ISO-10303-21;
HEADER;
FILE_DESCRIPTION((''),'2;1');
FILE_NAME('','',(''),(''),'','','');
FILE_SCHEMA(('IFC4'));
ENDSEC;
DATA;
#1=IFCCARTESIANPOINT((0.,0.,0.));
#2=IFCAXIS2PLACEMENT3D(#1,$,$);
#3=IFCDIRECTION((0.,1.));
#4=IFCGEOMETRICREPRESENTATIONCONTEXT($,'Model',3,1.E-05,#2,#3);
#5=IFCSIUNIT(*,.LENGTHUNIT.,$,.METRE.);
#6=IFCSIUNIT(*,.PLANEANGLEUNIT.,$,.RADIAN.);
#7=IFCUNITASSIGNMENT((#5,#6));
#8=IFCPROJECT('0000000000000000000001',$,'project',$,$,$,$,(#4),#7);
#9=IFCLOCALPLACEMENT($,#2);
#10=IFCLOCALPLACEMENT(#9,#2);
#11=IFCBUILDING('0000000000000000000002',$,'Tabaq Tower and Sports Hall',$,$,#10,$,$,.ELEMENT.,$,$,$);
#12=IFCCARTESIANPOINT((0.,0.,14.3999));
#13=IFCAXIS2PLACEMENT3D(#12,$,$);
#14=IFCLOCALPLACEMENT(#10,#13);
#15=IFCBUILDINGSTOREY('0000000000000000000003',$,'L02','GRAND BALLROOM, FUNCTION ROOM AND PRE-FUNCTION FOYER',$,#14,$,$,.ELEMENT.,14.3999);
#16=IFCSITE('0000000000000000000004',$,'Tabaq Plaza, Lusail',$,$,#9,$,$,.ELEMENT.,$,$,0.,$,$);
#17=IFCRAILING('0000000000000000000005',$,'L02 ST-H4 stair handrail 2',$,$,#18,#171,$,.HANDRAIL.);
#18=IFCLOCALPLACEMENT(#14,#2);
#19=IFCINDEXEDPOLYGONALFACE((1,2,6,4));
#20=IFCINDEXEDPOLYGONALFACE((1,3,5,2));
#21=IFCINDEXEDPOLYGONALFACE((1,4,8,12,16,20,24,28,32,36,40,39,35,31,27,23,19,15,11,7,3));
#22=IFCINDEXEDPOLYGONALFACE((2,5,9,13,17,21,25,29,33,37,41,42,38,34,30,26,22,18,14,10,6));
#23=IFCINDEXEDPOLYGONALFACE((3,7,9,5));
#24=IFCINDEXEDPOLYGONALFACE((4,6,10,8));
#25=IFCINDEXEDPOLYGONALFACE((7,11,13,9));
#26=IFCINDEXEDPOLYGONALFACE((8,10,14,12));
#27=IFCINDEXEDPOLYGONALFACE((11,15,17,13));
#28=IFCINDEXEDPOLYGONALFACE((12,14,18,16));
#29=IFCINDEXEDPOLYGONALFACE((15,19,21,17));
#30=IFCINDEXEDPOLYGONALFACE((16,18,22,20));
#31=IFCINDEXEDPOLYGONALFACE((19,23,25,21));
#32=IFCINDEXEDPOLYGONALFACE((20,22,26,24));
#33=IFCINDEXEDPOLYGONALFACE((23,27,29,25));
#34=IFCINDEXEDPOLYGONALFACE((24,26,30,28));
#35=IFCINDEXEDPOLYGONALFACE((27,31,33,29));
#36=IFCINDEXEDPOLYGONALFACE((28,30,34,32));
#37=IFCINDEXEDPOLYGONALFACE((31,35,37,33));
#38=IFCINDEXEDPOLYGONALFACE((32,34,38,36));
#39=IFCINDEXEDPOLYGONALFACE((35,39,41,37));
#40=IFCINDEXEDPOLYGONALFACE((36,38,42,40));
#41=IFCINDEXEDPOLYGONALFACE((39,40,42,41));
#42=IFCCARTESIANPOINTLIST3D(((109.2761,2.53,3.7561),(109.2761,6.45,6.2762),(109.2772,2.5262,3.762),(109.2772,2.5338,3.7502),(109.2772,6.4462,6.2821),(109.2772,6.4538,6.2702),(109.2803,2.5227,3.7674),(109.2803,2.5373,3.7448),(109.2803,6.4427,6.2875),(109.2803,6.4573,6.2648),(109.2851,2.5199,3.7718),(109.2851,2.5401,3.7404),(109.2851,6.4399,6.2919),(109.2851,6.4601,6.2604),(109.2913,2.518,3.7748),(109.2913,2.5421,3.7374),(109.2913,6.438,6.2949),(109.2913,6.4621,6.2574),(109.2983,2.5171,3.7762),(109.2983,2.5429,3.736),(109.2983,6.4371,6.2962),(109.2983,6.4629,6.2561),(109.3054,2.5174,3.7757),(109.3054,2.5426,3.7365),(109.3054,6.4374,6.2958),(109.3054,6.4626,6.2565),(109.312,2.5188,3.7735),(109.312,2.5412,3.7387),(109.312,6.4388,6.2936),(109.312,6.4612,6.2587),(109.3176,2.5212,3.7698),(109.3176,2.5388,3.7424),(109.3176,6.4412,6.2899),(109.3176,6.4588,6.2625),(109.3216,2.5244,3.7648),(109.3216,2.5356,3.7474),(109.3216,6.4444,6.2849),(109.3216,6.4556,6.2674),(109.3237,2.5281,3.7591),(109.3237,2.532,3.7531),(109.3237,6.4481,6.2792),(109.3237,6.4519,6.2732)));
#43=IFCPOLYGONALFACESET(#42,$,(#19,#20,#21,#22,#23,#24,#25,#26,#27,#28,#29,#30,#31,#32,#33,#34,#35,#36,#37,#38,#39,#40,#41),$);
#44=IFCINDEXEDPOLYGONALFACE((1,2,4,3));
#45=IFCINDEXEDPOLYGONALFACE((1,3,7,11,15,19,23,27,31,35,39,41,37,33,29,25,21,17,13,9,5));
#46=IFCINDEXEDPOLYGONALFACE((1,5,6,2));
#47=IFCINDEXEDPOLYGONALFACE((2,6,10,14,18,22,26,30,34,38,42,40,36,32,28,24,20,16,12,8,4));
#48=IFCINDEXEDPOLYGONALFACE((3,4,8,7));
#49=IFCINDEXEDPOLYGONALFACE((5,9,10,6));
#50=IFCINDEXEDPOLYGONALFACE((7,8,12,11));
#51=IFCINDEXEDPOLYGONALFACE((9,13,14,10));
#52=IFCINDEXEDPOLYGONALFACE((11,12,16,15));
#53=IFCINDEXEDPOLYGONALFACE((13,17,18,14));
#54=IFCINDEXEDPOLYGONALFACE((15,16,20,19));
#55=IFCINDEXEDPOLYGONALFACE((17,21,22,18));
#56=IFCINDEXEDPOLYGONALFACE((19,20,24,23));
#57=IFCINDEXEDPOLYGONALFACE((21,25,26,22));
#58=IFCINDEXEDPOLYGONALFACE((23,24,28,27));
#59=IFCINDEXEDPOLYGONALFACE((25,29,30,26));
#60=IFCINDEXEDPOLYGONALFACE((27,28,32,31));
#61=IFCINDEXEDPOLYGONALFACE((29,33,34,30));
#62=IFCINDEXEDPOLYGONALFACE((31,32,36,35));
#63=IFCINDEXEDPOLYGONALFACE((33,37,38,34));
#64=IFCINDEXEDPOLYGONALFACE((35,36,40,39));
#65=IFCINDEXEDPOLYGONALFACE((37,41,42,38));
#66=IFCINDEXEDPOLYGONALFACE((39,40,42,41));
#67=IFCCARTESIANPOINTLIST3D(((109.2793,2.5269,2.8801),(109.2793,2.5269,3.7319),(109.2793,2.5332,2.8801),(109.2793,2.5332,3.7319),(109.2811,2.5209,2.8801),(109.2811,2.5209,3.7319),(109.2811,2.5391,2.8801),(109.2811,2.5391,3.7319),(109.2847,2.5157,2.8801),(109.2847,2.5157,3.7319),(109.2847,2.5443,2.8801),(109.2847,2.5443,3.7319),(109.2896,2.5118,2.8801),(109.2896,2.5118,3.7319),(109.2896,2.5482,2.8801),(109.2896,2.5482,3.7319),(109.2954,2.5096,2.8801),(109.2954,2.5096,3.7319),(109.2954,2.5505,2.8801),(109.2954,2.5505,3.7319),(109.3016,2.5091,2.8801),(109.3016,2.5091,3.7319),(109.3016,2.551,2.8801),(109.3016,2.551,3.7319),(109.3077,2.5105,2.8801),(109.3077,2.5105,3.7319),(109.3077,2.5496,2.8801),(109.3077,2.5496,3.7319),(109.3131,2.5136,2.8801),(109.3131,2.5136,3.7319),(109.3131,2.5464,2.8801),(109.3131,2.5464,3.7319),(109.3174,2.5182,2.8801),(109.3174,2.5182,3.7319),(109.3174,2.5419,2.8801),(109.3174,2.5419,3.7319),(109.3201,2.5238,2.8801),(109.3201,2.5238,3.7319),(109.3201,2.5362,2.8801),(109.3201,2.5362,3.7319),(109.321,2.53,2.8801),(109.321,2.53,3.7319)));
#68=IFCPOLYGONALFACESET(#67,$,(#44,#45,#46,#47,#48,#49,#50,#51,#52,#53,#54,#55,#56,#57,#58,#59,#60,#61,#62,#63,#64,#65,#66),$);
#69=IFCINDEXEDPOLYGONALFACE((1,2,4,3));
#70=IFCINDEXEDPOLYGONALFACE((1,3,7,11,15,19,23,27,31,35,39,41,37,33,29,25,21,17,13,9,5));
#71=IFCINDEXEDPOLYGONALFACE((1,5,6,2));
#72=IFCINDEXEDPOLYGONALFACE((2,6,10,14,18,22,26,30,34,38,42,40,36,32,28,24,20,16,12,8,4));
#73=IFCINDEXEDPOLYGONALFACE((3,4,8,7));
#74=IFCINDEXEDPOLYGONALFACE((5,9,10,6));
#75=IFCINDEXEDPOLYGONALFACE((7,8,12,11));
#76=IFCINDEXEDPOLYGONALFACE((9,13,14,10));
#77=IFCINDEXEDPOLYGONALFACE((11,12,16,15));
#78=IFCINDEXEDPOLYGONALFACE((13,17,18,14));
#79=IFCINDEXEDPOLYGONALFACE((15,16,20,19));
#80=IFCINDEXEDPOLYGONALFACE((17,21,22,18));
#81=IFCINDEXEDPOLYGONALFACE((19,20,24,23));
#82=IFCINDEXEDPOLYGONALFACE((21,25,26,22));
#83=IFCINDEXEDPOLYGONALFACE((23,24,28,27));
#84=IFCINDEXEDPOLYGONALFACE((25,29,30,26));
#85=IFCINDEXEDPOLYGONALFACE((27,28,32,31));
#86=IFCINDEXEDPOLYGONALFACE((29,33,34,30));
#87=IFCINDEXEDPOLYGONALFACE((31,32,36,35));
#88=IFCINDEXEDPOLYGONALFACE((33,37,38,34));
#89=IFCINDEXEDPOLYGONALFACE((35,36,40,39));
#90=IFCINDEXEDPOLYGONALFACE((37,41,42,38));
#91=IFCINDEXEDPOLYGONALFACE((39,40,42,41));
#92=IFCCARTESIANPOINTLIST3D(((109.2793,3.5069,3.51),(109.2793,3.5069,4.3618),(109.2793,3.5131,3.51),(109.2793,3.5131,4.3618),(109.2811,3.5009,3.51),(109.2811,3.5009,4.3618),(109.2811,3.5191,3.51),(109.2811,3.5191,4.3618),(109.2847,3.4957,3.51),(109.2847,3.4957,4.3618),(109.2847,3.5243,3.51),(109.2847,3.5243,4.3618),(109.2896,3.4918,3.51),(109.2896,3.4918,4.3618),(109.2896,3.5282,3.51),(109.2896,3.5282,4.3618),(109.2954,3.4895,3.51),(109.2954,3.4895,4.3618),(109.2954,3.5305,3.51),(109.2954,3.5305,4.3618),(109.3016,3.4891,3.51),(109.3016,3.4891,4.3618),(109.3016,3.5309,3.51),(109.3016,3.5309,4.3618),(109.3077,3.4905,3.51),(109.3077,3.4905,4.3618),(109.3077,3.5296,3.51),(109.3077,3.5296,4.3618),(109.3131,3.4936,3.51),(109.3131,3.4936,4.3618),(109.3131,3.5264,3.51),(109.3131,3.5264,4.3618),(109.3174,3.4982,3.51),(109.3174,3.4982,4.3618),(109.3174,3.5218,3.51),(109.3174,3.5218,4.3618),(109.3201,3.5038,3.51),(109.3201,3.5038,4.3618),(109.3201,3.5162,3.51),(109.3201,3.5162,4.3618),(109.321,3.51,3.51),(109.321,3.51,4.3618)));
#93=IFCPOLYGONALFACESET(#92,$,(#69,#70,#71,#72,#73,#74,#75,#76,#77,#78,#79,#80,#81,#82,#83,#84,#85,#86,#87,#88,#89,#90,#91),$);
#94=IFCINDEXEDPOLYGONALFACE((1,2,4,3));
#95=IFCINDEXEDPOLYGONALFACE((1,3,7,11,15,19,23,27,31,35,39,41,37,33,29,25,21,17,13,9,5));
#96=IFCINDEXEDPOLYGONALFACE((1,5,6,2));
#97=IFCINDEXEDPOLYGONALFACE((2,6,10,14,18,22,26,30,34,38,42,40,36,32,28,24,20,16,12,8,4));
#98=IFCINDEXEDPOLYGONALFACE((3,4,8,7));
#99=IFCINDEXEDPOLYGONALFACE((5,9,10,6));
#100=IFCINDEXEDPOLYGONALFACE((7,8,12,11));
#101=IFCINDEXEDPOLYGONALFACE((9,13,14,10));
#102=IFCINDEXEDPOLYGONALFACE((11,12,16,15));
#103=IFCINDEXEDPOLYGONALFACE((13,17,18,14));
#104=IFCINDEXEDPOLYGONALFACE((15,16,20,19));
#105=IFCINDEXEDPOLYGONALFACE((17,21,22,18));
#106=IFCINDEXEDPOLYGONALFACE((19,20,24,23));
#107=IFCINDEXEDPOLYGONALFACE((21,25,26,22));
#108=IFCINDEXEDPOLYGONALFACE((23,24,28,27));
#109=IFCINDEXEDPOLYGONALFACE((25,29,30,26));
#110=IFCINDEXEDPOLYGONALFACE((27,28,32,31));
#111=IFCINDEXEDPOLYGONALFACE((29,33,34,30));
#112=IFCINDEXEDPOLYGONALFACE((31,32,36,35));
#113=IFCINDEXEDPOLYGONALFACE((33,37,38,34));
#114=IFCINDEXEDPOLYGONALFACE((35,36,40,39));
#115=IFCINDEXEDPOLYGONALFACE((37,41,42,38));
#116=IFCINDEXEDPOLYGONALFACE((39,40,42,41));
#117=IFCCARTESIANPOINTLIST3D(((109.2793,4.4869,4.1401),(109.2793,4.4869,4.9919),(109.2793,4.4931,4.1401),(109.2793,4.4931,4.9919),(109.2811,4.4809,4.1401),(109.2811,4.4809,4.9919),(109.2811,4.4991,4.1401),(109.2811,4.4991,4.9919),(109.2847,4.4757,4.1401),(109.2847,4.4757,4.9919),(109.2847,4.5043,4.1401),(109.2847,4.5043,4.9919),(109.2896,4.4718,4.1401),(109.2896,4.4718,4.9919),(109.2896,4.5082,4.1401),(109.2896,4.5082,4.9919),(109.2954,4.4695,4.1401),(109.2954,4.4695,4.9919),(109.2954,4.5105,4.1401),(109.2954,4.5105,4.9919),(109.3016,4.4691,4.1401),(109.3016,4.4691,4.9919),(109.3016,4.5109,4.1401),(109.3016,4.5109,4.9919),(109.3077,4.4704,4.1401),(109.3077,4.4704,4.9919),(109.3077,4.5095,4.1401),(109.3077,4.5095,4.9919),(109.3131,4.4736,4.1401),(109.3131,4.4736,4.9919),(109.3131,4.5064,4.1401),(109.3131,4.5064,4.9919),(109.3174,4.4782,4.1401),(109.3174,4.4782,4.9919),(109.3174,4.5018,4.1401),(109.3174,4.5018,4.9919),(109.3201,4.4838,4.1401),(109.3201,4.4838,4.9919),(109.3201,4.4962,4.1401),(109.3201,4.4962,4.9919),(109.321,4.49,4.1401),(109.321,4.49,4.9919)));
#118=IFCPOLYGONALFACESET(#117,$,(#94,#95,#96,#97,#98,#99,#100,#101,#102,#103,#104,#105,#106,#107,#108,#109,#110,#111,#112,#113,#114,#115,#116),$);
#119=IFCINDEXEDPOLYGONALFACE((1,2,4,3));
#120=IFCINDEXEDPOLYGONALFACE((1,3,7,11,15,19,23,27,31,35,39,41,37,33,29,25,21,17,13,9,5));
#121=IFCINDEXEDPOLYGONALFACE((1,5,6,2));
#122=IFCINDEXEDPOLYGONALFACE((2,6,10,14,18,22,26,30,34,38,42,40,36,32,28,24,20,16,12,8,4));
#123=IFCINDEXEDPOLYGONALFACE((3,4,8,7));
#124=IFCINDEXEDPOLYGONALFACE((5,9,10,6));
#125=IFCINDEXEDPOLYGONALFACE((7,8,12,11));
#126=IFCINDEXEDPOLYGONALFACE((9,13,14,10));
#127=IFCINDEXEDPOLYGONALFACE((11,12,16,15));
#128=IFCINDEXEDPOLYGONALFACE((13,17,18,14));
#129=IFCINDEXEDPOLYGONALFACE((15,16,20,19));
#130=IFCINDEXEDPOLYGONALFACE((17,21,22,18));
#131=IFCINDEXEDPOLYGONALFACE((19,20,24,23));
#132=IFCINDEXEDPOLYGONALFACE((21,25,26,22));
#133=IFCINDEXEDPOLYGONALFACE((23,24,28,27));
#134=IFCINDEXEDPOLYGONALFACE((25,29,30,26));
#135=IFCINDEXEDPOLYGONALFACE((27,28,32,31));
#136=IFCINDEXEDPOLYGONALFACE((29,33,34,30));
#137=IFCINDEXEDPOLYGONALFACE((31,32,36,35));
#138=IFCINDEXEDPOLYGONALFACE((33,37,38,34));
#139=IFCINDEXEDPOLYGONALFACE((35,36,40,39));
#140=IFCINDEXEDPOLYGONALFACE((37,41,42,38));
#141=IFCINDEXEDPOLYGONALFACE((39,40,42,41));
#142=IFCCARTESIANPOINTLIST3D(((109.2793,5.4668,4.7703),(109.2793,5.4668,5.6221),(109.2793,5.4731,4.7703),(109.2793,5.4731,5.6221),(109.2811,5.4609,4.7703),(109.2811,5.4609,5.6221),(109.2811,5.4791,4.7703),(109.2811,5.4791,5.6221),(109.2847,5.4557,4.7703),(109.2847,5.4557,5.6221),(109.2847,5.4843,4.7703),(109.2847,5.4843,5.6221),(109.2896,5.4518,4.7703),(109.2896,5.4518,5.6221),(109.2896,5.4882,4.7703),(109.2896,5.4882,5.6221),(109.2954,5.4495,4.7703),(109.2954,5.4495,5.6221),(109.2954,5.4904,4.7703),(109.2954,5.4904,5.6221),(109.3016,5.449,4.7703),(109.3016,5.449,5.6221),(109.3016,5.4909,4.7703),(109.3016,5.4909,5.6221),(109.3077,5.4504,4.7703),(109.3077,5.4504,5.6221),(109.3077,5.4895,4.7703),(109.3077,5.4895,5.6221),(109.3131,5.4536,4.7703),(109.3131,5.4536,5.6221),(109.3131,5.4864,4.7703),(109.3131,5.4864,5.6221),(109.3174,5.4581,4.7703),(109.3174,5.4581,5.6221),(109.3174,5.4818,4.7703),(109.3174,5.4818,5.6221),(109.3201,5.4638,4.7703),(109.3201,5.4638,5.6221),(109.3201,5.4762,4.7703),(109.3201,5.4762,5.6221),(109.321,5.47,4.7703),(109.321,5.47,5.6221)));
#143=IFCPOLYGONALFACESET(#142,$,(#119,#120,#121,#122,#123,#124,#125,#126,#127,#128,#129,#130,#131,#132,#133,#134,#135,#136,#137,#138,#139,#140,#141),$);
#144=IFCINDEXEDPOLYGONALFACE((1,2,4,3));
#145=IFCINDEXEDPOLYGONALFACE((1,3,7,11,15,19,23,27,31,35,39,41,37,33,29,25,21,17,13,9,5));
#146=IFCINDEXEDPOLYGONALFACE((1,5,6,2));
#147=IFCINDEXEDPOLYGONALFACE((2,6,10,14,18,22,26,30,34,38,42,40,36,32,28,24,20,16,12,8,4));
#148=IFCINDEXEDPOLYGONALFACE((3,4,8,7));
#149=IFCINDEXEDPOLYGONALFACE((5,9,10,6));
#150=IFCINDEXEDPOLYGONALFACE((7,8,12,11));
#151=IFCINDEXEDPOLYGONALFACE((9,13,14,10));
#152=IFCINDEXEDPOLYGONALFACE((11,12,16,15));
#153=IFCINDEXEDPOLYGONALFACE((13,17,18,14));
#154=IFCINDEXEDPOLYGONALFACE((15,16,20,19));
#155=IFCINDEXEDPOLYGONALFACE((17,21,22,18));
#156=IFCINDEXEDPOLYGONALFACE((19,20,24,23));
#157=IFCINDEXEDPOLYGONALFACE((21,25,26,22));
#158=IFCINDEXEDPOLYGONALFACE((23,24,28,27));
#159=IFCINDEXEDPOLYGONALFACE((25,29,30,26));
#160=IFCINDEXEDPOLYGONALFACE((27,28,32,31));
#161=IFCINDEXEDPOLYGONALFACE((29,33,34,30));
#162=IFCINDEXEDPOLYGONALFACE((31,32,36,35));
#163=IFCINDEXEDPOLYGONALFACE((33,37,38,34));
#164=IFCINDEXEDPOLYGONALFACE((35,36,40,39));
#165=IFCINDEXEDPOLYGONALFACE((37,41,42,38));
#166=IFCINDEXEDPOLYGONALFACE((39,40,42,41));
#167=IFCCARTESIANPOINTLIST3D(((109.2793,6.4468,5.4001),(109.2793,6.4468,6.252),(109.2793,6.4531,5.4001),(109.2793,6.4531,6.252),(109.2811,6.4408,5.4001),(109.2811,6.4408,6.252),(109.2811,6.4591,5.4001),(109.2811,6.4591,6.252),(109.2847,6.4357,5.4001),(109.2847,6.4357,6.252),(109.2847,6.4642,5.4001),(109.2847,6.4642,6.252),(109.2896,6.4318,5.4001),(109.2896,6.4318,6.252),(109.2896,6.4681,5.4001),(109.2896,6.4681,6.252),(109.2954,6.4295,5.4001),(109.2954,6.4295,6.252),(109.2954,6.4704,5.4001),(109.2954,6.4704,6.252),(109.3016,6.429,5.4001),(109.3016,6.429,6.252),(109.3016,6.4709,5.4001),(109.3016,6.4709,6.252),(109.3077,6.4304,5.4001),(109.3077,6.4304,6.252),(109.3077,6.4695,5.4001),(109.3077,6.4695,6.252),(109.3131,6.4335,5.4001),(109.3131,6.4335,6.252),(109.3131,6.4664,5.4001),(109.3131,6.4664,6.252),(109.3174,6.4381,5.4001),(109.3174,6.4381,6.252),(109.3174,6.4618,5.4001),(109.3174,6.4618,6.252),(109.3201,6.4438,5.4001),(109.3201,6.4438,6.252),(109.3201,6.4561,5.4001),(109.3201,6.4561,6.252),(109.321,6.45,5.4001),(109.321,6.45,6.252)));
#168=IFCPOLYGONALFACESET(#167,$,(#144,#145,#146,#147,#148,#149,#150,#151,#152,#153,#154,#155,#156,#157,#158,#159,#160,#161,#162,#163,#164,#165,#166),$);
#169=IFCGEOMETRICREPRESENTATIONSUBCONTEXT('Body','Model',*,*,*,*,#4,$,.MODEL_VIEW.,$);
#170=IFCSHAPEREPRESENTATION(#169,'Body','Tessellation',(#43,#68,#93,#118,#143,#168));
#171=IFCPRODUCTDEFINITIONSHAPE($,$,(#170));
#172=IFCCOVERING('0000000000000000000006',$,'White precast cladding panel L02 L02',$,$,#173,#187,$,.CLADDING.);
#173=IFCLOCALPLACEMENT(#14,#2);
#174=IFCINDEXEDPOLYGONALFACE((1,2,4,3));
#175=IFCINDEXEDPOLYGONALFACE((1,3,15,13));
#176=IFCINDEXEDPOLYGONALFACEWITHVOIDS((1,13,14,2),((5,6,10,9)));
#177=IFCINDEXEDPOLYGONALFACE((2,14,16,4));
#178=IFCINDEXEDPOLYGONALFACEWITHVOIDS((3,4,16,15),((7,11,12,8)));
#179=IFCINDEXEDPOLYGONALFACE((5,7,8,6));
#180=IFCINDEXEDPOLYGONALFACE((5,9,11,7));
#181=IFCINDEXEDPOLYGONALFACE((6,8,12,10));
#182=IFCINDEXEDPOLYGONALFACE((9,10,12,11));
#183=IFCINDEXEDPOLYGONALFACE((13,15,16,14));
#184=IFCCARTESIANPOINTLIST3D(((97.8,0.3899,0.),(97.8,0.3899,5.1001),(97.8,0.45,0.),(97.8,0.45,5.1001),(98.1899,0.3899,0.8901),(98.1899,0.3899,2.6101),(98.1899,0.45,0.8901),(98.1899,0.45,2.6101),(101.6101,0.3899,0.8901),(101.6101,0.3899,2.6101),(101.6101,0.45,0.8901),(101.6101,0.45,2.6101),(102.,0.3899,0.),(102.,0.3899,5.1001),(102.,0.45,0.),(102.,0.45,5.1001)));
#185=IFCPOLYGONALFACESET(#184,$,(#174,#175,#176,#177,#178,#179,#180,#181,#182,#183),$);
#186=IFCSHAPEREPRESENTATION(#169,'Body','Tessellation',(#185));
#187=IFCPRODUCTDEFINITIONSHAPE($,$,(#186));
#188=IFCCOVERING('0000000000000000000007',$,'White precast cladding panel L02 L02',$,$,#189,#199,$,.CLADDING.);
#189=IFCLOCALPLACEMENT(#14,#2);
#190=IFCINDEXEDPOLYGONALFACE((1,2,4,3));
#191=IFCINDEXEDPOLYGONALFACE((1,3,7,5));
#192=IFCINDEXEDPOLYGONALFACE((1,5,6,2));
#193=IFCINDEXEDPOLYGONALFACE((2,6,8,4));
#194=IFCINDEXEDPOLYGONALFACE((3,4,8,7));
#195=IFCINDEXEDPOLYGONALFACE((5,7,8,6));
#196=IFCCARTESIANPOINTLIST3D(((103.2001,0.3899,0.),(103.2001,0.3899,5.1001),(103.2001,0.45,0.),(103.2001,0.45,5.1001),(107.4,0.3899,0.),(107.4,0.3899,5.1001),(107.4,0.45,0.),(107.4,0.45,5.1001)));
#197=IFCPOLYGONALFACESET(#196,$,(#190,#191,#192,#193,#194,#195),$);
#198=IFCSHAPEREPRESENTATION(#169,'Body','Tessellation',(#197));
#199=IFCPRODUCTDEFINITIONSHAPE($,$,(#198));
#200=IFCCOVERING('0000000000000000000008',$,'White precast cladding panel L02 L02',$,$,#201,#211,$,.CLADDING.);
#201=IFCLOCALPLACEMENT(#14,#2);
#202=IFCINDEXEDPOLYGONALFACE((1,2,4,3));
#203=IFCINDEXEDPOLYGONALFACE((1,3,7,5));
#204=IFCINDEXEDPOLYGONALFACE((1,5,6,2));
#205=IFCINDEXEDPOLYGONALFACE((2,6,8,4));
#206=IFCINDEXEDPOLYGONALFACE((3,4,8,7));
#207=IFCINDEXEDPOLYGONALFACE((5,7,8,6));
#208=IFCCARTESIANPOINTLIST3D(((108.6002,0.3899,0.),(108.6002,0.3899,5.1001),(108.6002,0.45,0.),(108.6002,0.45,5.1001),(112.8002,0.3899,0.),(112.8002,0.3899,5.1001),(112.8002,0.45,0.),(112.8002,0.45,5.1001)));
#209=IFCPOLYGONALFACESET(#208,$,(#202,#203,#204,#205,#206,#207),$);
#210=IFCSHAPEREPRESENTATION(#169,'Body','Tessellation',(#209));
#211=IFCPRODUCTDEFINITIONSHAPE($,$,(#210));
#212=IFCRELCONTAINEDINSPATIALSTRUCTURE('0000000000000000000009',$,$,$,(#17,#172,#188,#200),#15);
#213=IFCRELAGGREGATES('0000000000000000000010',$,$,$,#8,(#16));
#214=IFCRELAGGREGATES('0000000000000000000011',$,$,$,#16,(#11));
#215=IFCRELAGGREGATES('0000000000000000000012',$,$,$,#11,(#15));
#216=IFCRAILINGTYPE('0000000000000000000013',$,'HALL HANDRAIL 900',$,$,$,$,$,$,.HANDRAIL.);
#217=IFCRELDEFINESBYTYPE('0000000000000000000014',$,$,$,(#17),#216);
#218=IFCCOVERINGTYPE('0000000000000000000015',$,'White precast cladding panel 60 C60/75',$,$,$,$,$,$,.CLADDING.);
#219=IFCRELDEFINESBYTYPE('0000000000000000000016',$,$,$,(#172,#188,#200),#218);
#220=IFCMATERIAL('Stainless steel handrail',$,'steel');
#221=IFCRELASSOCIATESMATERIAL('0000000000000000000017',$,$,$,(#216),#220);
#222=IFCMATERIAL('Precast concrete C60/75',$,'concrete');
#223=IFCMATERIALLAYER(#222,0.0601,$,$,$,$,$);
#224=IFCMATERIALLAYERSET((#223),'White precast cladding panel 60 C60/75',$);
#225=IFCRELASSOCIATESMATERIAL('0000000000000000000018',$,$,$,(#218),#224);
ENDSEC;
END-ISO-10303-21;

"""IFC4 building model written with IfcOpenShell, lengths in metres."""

from ifc_helpers import new_model, si_unit, direction, frame, frame_2d, origin, origin_2d, place, context, subcontext, project, spatial, polyline, rectangle, circle, outline, extrude, material, layer, layer_set, type_object, element, save


model = new_model("IFC4")

# Units and contexts
model_context = context("Model", 3, precision=1e-05, world=origin(), true_north=direction((0.0, 1.0)))
body_context = subcontext(model_context, "Body", "Model", "MODEL_VIEW")
ifc_project = project(units=[si_unit("LENGTHUNIT", "METRE"), si_unit("PLANEANGLEUNIT", "RADIAN")], contexts=[model_context])

# Site, building, storey
site_placement = place(None, origin())
site = spatial("IfcSite", under=ifc_project, at=site_placement, Name="Tabaq Plaza, Lusail", CompositionType="ELEMENT", RefElevation=0.0)
building_placement = place(site_placement, origin())
building = spatial("IfcBuilding", under=site, at=building_placement, Name="Tabaq Tower and Sports Hall", CompositionType="ELEMENT")
storey_placement = place(building_placement, frame((0.0, 0.0, 14.3999)))
storey = spatial("IfcBuildingStorey", under=building, at=storey_placement, Name="L02", Description="GRAND BALLROOM, FUNCTION ROOM AND PRE-FUNCTION FOYER", CompositionType="ELEMENT", Elevation=14.3999)

# Railing
ifc_material_1 = material(Name="Stainless steel handrail", Category="steel")
railing_type_1 = type_object("IfcRailingType", Name="HALL HANDRAIL 900", PredefinedType="HANDRAIL", material=ifc_material_1)
railing_1_placement = place(storey_placement, frame((109.3, 2.53, 2.8801)))
element("IfcRailing", 1, at=railing_1_placement, inside=storey, type_object=railing_type_1, Name="L02 ST-H4 stair handrail 2", PredefinedType="HANDRAIL", context=body_context, shape_type="SweptSolid", body=[
    extrude(circle(Radius=0.0239, at=origin_2d()), frame((0.0, 0.0, 0.876), z_axis=(0.0, 0.841172, 0.540768), x_axis=(-1.0, 0.0, 0.0)), (0.0, 0.0, 1.0), 4.6602),
    extrude(circle(Radius=0.021, at=origin_2d()), origin(), (0.0, 0.0, 1.0), 0.8518),
    extrude(circle(Radius=0.021, at=origin_2d()), frame((0.0, 0.98, 0.6299)), (0.0, 0.0, 1.0), 0.8518),
    extrude(circle(Radius=0.021, at=origin_2d()), frame((0.0, 1.96, 1.26)), (0.0, 0.0, 1.0), 0.8518),
    extrude(circle(Radius=0.021, at=origin_2d()), frame((0.0, 2.9399, 1.8901)), (0.0, 0.0, 1.0), 0.8518),
    extrude(circle(Radius=0.021, at=origin_2d()), frame((0.0, 3.9199, 2.52)), (0.0, 0.0, 1.0), 0.8518),
])

# Coverings
ifc_material_2 = material(Name="Precast concrete C60/75", Category="concrete")
ifc_layer_1 = layer(ifc_material_2, 0.0601)
ifc_layer_set_1 = layer_set([ifc_layer_1], Name="White precast cladding panel 60 C60/75")
covering_type = type_object("IfcCoveringType", Name="White precast cladding panel 60 C60/75", PredefinedType="CLADDING", material=ifc_layer_set_1)
covering_placement = place(storey_placement, frame((97.8, 0.4199, 0.0), z_axis=(0.0, 0.0, 1.0), x_axis=(1.0, 0.0, 0.0)))
element("IfcCovering", 2, at=covering_placement, inside=storey, type_object=covering_type, Name="White precast cladding panel L02 L02", PredefinedType="CLADDING", context=body_context, shape_type="SweptSolid", body=[
    extrude(outline(polyline([(0.0, 0.0), (4.2, 0.0), (4.2, 5.1001), (0.0, 5.1001), (0.0, 0.0)]), holes=[polyline([(0.3899, 0.8901), (0.3899, 2.6101), (3.8101, 2.6101), (3.8101, 0.8901), (0.3899, 0.8901)])]), frame((0.0, 0.03, 0.0), z_axis=(0.0, -1.0, 0.0), x_axis=(1.0, 0.0, 0.0)), (0.0, 0.0, 1.0), 0.0601),
])
for number, where, z_axis, x_axis, name in (
    (3, (103.2, 0.4199, 0.0), (0.0, 0.0, 1.0), (1.0, 0.0, 0.0), "White precast cladding panel L02 L02"),
    (4, (108.6001, 0.4199, 0.0), (0.0, 0.0, 1.0), (1.0, 0.0, 0.0), "White precast cladding panel L02 L02"),
):
    element("IfcCovering", number, at=place(storey_placement, frame(where, z_axis=z_axis, x_axis=x_axis)), inside=storey, type_object=covering_type, Name=name, PredefinedType="CLADDING", context=body_context, shape_type="SweptSolid", body=[
        extrude(rectangle(XDim=4.2, YDim=0.0601, at=frame_2d((2.1001, 0.0))), origin(), (0.0, 0.0, 1.0), 5.1001),
    ])

save(model, "model.ifc")
